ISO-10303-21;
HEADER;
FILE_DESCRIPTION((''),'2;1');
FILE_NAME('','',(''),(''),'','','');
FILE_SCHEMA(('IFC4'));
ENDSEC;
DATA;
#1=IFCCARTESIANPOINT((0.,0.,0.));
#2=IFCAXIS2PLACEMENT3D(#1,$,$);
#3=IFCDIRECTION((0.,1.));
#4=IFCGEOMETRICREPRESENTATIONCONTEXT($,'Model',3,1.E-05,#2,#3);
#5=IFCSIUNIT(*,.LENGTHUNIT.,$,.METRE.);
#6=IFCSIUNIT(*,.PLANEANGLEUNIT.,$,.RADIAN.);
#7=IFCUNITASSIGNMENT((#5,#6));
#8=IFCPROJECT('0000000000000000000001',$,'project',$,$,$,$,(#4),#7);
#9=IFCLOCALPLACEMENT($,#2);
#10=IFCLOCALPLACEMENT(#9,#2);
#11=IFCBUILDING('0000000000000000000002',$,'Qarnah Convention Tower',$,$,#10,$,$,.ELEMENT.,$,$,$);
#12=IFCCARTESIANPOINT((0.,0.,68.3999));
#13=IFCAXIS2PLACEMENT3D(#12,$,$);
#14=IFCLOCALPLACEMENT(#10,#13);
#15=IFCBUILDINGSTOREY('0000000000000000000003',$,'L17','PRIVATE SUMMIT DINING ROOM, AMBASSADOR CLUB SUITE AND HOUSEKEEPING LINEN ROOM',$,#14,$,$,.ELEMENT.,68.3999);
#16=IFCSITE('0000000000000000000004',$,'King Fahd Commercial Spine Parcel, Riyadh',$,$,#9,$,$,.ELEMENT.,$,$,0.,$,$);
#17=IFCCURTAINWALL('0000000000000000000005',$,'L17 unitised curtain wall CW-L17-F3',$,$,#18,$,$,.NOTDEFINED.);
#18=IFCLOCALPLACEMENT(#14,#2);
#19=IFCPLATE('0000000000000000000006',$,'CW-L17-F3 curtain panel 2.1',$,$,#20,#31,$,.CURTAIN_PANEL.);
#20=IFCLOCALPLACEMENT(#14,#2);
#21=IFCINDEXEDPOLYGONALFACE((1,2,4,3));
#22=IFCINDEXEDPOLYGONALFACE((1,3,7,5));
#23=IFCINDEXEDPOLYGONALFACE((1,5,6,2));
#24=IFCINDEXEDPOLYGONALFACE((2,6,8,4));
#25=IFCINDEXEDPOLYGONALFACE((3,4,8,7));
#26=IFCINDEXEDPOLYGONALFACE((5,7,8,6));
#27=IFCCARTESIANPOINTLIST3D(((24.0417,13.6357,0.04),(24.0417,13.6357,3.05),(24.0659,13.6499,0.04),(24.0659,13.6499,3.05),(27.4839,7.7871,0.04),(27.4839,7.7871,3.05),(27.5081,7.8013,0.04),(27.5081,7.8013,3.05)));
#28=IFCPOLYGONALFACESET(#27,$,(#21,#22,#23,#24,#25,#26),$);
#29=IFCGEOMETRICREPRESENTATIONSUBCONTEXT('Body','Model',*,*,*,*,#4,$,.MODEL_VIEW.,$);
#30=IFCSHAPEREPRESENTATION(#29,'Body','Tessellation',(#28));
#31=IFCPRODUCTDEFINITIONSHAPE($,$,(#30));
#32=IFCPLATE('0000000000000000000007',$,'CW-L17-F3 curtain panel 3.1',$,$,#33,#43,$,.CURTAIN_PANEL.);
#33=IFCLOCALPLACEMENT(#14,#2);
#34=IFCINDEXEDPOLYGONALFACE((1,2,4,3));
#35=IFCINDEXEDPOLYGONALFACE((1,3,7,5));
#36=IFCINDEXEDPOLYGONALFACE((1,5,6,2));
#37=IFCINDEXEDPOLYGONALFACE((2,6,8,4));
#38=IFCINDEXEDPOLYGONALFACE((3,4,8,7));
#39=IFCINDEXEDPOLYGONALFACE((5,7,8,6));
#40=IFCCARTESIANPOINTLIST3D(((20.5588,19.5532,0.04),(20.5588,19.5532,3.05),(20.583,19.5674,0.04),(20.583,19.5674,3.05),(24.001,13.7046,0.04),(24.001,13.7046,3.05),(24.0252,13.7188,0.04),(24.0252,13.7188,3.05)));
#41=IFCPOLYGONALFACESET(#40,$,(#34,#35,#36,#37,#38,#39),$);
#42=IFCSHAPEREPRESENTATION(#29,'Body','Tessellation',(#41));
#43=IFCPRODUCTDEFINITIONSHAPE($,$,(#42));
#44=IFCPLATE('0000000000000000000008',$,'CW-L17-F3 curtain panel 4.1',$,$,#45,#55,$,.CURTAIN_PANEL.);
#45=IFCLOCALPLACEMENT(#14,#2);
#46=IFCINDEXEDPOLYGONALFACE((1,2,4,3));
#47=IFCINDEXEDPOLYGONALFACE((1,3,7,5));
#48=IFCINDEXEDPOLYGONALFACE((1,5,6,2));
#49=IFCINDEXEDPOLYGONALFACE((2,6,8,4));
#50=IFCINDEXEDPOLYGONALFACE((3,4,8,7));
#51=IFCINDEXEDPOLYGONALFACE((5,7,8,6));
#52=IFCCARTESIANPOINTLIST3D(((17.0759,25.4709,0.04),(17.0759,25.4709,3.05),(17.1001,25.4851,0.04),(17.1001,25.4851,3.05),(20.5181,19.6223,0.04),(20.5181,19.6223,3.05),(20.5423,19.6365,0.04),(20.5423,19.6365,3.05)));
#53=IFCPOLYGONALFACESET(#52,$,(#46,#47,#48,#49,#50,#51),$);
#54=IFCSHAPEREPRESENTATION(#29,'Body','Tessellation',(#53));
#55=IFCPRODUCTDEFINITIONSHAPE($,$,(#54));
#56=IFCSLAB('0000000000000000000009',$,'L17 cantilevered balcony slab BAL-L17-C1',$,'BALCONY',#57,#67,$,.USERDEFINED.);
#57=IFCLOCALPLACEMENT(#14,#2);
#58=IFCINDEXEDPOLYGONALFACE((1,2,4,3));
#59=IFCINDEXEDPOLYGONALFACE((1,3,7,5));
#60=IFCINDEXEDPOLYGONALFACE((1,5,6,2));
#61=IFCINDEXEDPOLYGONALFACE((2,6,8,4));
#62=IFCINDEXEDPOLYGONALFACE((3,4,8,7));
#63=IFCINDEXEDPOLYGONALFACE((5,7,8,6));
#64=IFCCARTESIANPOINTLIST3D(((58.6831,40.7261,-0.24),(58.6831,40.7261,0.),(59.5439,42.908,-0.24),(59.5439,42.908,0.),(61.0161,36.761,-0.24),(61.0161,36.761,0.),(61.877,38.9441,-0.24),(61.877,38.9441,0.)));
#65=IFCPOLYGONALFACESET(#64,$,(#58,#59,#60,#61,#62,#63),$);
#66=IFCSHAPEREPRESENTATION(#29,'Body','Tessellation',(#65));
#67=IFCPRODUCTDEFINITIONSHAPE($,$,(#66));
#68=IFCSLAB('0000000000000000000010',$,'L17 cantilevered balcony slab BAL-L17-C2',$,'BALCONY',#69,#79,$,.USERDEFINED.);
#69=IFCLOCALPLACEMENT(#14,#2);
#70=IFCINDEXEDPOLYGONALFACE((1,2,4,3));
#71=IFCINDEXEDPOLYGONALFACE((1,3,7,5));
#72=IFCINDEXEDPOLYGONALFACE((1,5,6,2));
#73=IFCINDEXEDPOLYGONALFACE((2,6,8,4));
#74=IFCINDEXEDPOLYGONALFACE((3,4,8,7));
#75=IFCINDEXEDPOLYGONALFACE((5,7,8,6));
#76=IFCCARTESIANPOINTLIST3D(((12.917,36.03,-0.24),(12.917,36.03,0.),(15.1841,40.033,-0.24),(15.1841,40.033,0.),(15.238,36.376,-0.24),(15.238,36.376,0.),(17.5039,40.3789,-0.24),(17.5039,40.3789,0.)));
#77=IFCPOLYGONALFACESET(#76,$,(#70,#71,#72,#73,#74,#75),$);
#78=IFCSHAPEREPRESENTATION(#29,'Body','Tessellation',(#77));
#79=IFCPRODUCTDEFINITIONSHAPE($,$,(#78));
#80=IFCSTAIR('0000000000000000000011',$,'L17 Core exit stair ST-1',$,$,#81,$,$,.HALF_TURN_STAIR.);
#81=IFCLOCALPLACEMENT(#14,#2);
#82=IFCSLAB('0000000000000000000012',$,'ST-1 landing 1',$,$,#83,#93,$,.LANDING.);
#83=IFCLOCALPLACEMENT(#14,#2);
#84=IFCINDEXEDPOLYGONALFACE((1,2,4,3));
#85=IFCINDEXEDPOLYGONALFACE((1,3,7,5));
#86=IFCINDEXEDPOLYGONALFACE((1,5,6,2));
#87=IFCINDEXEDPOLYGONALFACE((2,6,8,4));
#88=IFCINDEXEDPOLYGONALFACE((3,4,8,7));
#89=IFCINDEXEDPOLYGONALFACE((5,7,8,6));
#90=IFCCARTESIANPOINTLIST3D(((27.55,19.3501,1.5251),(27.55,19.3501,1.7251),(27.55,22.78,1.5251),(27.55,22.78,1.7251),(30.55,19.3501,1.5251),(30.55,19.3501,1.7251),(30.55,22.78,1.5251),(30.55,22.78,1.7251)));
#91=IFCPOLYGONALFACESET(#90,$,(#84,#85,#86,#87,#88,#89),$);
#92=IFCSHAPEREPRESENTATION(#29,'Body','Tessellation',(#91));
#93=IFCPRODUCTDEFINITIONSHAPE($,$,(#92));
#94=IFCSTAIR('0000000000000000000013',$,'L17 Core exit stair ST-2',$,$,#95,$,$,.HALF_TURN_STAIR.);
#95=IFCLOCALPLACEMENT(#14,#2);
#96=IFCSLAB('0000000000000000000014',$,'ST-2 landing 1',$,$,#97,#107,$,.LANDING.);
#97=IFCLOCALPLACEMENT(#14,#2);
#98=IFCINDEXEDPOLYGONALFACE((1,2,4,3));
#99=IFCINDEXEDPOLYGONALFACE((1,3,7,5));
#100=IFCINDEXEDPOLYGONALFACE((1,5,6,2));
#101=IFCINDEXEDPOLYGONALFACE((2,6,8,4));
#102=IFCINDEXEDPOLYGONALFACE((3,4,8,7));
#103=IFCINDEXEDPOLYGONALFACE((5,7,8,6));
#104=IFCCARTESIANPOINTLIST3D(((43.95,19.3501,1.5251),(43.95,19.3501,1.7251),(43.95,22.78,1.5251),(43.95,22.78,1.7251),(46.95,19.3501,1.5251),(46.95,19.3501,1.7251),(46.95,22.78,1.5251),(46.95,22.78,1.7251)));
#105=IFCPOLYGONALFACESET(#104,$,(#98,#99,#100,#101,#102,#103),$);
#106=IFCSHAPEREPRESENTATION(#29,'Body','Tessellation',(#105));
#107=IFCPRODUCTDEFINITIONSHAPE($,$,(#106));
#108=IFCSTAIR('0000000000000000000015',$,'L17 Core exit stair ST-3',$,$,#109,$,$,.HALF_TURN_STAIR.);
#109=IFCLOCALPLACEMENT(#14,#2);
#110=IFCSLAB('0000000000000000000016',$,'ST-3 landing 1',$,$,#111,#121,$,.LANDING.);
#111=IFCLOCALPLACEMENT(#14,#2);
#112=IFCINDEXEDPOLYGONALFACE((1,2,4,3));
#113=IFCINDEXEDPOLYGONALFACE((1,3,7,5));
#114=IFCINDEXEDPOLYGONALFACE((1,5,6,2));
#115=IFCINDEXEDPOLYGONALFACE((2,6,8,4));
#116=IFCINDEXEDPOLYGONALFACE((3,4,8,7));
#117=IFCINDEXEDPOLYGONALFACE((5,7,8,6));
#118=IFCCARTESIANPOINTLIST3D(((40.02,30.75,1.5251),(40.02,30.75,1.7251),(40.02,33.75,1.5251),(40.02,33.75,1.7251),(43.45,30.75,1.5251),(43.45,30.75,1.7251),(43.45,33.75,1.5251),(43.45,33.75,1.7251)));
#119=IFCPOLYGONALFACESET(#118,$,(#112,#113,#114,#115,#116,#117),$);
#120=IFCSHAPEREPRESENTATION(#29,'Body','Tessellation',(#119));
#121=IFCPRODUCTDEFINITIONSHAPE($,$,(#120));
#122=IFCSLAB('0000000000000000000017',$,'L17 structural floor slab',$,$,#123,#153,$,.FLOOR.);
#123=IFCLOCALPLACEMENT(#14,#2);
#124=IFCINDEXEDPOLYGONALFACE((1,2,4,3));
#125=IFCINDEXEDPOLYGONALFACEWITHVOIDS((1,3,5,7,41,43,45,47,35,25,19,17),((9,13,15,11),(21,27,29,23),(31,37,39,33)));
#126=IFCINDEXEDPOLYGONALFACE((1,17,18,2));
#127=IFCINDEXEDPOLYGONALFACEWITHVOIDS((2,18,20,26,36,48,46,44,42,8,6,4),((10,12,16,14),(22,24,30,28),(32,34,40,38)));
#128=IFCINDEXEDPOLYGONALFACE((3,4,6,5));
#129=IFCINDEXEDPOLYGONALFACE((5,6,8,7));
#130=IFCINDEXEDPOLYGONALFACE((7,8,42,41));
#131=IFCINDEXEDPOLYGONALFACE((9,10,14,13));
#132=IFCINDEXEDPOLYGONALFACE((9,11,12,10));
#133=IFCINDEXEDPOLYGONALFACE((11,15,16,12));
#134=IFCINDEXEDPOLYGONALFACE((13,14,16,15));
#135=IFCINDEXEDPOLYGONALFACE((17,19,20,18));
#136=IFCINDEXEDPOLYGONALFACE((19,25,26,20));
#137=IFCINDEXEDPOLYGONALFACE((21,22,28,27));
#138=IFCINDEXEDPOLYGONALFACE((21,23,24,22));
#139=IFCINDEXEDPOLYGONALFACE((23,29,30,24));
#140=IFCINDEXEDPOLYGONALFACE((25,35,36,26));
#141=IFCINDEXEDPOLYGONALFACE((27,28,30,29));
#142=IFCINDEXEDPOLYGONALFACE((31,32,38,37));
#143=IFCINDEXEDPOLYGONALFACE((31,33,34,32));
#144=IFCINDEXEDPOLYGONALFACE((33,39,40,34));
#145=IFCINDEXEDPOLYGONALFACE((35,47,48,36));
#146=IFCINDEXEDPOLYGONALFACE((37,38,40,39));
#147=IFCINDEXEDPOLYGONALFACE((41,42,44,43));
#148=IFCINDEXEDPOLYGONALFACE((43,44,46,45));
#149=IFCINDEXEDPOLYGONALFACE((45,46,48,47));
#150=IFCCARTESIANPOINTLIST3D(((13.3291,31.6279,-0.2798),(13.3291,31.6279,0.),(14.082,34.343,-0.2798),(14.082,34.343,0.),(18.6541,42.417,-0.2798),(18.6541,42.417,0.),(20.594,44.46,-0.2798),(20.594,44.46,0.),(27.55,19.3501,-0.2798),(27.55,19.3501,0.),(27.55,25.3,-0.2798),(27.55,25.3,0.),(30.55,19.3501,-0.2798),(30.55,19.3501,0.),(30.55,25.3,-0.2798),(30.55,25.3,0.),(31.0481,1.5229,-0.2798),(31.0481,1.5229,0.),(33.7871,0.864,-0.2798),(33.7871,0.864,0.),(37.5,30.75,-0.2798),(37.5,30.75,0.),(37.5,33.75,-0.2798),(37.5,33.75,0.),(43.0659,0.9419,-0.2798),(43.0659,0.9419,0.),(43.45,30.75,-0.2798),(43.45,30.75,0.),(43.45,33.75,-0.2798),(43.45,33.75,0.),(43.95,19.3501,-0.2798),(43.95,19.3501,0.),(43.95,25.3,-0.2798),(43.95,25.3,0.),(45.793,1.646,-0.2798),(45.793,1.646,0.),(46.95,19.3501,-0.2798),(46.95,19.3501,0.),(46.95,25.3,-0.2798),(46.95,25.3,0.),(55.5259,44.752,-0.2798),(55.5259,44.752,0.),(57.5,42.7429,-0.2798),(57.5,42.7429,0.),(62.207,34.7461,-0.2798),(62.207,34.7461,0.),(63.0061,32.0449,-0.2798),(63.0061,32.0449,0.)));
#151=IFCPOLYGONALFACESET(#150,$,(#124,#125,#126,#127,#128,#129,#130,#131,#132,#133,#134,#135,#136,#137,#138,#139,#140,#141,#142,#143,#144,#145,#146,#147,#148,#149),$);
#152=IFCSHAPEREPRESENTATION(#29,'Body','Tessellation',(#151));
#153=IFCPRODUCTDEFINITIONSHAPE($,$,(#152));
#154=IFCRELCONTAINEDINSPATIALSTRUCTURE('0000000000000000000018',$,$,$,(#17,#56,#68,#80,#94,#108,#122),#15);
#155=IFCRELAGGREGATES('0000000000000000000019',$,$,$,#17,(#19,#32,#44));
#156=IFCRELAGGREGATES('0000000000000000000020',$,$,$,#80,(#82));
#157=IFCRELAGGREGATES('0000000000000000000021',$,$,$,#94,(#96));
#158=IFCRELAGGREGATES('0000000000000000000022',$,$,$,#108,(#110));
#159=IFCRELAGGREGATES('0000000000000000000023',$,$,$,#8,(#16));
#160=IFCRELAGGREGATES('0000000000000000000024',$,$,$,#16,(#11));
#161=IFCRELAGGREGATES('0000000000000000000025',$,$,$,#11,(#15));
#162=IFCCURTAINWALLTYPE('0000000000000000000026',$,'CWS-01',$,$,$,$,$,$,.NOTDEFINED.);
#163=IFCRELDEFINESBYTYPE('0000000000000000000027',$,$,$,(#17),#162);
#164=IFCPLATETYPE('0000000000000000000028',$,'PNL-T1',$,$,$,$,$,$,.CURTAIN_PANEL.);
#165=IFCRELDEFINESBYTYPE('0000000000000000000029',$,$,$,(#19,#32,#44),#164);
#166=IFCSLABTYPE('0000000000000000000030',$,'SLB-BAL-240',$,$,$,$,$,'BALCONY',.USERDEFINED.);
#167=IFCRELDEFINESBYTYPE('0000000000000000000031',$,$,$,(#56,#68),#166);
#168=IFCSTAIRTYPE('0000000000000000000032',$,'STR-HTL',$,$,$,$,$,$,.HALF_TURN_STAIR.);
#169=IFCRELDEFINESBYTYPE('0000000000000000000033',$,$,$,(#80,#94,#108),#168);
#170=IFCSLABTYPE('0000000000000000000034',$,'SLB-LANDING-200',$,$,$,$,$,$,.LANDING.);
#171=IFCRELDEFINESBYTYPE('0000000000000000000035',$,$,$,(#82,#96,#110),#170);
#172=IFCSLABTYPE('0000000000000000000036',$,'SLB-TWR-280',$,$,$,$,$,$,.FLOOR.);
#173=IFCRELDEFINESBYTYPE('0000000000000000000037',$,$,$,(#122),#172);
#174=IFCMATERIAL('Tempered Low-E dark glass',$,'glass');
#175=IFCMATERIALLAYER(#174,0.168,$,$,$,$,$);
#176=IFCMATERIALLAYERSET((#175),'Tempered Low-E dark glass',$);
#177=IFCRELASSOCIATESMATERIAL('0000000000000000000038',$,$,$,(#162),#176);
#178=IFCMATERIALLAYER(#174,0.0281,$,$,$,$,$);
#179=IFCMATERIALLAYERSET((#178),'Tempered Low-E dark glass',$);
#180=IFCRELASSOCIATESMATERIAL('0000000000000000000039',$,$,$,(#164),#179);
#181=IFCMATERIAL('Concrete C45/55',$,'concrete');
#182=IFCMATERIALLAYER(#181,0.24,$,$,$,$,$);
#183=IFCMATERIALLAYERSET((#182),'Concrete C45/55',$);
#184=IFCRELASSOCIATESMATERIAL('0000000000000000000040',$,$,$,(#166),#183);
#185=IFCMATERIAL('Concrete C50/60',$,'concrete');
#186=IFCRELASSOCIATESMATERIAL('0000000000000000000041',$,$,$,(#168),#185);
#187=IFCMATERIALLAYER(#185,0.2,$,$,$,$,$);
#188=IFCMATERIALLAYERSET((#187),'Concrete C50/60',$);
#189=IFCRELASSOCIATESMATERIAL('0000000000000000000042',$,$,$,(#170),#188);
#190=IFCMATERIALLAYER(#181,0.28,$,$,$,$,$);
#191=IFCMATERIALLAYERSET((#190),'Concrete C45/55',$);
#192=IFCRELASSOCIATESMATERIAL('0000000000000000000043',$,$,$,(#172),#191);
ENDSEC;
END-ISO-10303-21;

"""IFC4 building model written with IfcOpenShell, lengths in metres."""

from ifc_helpers import new_model, si_unit, direction, frame, origin, origin_2d, place, context, subcontext, project, spatial, polyline, rectangle, outline, extrude, material, layer, layer_set, type_object, element, aggregate, save


model = new_model("IFC4")

# Units and contexts
model_context = context("Model", 3, precision=1e-05, world=origin(), true_north=direction((0.0, 1.0)))
body_context = subcontext(model_context, "Body", "Model", "MODEL_VIEW")
ifc_project = project(units=[si_unit("LENGTHUNIT", "METRE"), si_unit("PLANEANGLEUNIT", "RADIAN")], contexts=[model_context])

# Site, building, storey
site_placement = place(None, origin())
site = spatial("IfcSite", under=ifc_project, at=site_placement, Name="King Fahd Commercial Spine Parcel, Riyadh", CompositionType="ELEMENT", RefElevation=0.0)
building_placement = place(site_placement, origin())
building = spatial("IfcBuilding", under=site, at=building_placement, Name="Qarnah Convention Tower", CompositionType="ELEMENT")
storey_placement = place(building_placement, frame((0.0, 0.0, 68.3999)))
storey = spatial("IfcBuildingStorey", under=building, at=storey_placement, Name="L17", Description="PRIVATE SUMMIT DINING ROOM, AMBASSADOR CLUB SUITE AND HOUSEKEEPING LINEN ROOM", CompositionType="ELEMENT", Elevation=68.3999)

# Curtain wall, plates
ifc_material_1 = material(Name="Tempered Low-E dark glass", Category="glass")
ifc_layer_1 = layer(ifc_material_1, 0.168)
ifc_layer_set_1 = layer_set([ifc_layer_1], Name="Tempered Low-E dark glass")
curtain_wall_type = type_object("IfcCurtainWallType", Name="CWS-01", PredefinedType="NOTDEFINED", material=ifc_layer_set_1)
curtain_wall_placement = place(storey_placement, origin())
curtain_wall = element("IfcCurtainWall", 1, at=curtain_wall_placement, inside=storey, type_object=curtain_wall_type, Name="L17 unitised curtain wall CW-L17-F3", PredefinedType="NOTDEFINED")
ifc_layer_2 = layer(ifc_material_1, 0.0281)
ifc_layer_set_2 = layer_set([ifc_layer_2], Name="Tempered Low-E dark glass")
plate_type = type_object("IfcPlateType", Name="PNL-T1", PredefinedType="CURTAIN_PANEL", material=ifc_layer_set_2)
plate_1_placement = place(storey_placement, frame((25.7749, 10.7185, 0.04), z_axis=(0.0, 0.0, 1.0), x_axis=(-0.507221, 0.861816, 0.0)))
plate_1 = element("IfcPlate", 2, at=plate_1_placement, type_object=plate_type, Name="CW-L17-F3 curtain panel 2.1", PredefinedType="CURTAIN_PANEL", context=body_context, shape_type="SweptSolid", body=[
    extrude(rectangle(XDim=6.7864, YDim=0.0281, at=origin_2d()), origin(), (0.0, 0.0, 1.0), 3.01),
])
plate_2_placement = place(storey_placement, frame((22.292, 16.636, 0.04), z_axis=(0.0, 0.0, 1.0), x_axis=(-0.507221, 0.861816, 0.0)))
plate_2 = element("IfcPlate", 3, at=plate_2_placement, type_object=plate_type, Name="CW-L17-F3 curtain panel 3.1", PredefinedType="CURTAIN_PANEL", context=body_context, shape_type="SweptSolid", body=[
    extrude(rectangle(XDim=6.7864, YDim=0.0281, at=origin_2d()), origin(), (0.0, 0.0, 1.0), 3.01),
])
plate_3_placement = place(storey_placement, frame((18.8091, 22.5537, 0.04), z_axis=(0.0, 0.0, 1.0), x_axis=(-0.507221, 0.861816, 0.0)))
plate_3 = element("IfcPlate", 4, at=plate_3_placement, type_object=plate_type, Name="CW-L17-F3 curtain panel 4.1", PredefinedType="CURTAIN_PANEL", context=body_context, shape_type="SweptSolid", body=[
    extrude(rectangle(XDim=6.7864, YDim=0.0281, at=origin_2d()), origin(), (0.0, 0.0, 1.0), 3.01),
])
aggregate(curtain_wall, [plate_1, plate_2, plate_3])

# Slabs
ifc_material_2 = material(Name="Concrete C45/55", Category="concrete")
ifc_layer_3 = layer(ifc_material_2, 0.24)
ifc_layer_set_3 = layer_set([ifc_layer_3], Name="Concrete C45/55")
slab_type_1 = type_object("IfcSlabType", Name="SLB-BAL-240", ElementType="BALCONY", PredefinedType="USERDEFINED", material=ifc_layer_set_3)
slab_1_placement = place(storey_placement, frame((0.0, 0.0, -0.24)))
element("IfcSlab", 5, at=slab_1_placement, inside=storey, type_object=slab_type_1, Name="L17 cantilevered balcony slab BAL-L17-C1", ObjectType="BALCONY", PredefinedType="USERDEFINED", context=body_context, shape_type="SweptSolid", body=[
    extrude(outline(polyline([(59.5439, 42.908), (61.877, 38.9441), (61.0161, 36.761), (58.6831, 40.7261), (59.5439, 42.908)])), origin(), (0.0, 0.0, 1.0), 0.24),
])
slab_2_placement = place(storey_placement, frame((0.0, 0.0, -0.24)))
element("IfcSlab", 6, at=slab_2_placement, inside=storey, type_object=slab_type_1, Name="L17 cantilevered balcony slab BAL-L17-C2", ObjectType="BALCONY", PredefinedType="USERDEFINED", context=body_context, shape_type="SweptSolid", body=[
    extrude(outline(polyline([(12.917, 36.03), (15.1841, 40.033), (17.5039, 40.3789), (15.238, 36.376), (12.917, 36.03)])), origin(), (0.0, 0.0, 1.0), 0.24),
])

# Stairs, slabs
ifc_material_3 = material(Name="Concrete C50/60", Category="concrete")
stair_type = type_object("IfcStairType", Name="STR-HTL", PredefinedType="HALF_TURN_STAIR", material=ifc_material_3)
stair_1_placement = place(storey_placement, origin())
stair_1 = element("IfcStair", 7, at=stair_1_placement, inside=storey, type_object=stair_type, Name="L17 Core exit stair ST-1", PredefinedType="HALF_TURN_STAIR")
ifc_layer_4 = layer(ifc_material_3, 0.2)
ifc_layer_set_4 = layer_set([ifc_layer_4], Name="Concrete C50/60")
slab_type_2 = type_object("IfcSlabType", Name="SLB-LANDING-200", PredefinedType="LANDING", material=ifc_layer_set_4)
slab_3_placement = place(storey_placement, frame((0.0, 0.0, 1.5251)))
slab_3 = element("IfcSlab", 8, at=slab_3_placement, type_object=slab_type_2, Name="ST-1 landing 1", PredefinedType="LANDING", context=body_context, shape_type="SweptSolid", body=[
    extrude(outline(polyline([(27.55, 22.78), (27.55, 19.3501), (30.55, 19.3501), (30.55, 22.78), (27.55, 22.78)])), origin(), (0.0, 0.0, 1.0), 0.2),
])
aggregate(stair_1, [slab_3])
stair_2_placement = place(storey_placement, origin())
stair_2 = element("IfcStair", 9, at=stair_2_placement, inside=storey, type_object=stair_type, Name="L17 Core exit stair ST-2", PredefinedType="HALF_TURN_STAIR")
slab_4_placement = place(storey_placement, frame((0.0, 0.0, 1.5251)))
slab_4 = element("IfcSlab", 10, at=slab_4_placement, type_object=slab_type_2, Name="ST-2 landing 1", PredefinedType="LANDING", context=body_context, shape_type="SweptSolid", body=[
    extrude(outline(polyline([(43.95, 22.78), (43.95, 19.3501), (46.95, 19.3501), (46.95, 22.78), (43.95, 22.78)])), origin(), (0.0, 0.0, 1.0), 0.2),
])
aggregate(stair_2, [slab_4])
stair_3_placement = place(storey_placement, origin())
stair_3 = element("IfcStair", 11, at=stair_3_placement, inside=storey, type_object=stair_type, Name="L17 Core exit stair ST-3", PredefinedType="HALF_TURN_STAIR")
slab_5_placement = place(storey_placement, frame((0.0, 0.0, 1.5251)))
slab_5 = element("IfcSlab", 12, at=slab_5_placement, type_object=slab_type_2, Name="ST-3 landing 1", PredefinedType="LANDING", context=body_context, shape_type="SweptSolid", body=[
    extrude(outline(polyline([(40.02, 30.75), (43.45, 30.75), (43.45, 33.75), (40.02, 33.75), (40.02, 30.75)])), origin(), (0.0, 0.0, 1.0), 0.2),
])
aggregate(stair_3, [slab_5])

# Slab
ifc_layer_5 = layer(ifc_material_2, 0.28)
ifc_layer_set_5 = layer_set([ifc_layer_5], Name="Concrete C45/55")
slab_type_3 = type_object("IfcSlabType", Name="SLB-TWR-280", PredefinedType="FLOOR", material=ifc_layer_set_5)
slab_6_placement = place(storey_placement, frame((0.0, 0.0, -0.2798)))
element("IfcSlab", 13, at=slab_6_placement, inside=storey, type_object=slab_type_3, Name="L17 structural floor slab", PredefinedType="FLOOR", context=body_context, shape_type="SweptSolid", body=[
    extrude(outline(polyline([(55.5259, 44.752), (20.594, 44.46), (18.6541, 42.417), (14.082, 34.343), (13.3291, 31.6279), (31.0481, 1.5229), (33.7871, 0.864), (43.0659, 0.9419), (45.793, 1.646), (63.0061, 32.0449), (62.207, 34.7461), (57.5, 42.7429), (55.5259, 44.752)]), holes=[polyline([(27.55, 25.3), (27.55, 19.3501), (30.55, 19.3501), (30.55, 25.3), (27.55, 25.3)]), polyline([(43.95, 25.3), (43.95, 19.3501), (46.95, 19.3501), (46.95, 25.3), (43.95, 25.3)]), polyline([(37.5, 30.75), (43.45, 30.75), (43.45, 33.75), (37.5, 33.75), (37.5, 30.75)])]), origin(), (0.0, 0.0, 1.0), 0.2798),
])

save(model, "model.ifc")
